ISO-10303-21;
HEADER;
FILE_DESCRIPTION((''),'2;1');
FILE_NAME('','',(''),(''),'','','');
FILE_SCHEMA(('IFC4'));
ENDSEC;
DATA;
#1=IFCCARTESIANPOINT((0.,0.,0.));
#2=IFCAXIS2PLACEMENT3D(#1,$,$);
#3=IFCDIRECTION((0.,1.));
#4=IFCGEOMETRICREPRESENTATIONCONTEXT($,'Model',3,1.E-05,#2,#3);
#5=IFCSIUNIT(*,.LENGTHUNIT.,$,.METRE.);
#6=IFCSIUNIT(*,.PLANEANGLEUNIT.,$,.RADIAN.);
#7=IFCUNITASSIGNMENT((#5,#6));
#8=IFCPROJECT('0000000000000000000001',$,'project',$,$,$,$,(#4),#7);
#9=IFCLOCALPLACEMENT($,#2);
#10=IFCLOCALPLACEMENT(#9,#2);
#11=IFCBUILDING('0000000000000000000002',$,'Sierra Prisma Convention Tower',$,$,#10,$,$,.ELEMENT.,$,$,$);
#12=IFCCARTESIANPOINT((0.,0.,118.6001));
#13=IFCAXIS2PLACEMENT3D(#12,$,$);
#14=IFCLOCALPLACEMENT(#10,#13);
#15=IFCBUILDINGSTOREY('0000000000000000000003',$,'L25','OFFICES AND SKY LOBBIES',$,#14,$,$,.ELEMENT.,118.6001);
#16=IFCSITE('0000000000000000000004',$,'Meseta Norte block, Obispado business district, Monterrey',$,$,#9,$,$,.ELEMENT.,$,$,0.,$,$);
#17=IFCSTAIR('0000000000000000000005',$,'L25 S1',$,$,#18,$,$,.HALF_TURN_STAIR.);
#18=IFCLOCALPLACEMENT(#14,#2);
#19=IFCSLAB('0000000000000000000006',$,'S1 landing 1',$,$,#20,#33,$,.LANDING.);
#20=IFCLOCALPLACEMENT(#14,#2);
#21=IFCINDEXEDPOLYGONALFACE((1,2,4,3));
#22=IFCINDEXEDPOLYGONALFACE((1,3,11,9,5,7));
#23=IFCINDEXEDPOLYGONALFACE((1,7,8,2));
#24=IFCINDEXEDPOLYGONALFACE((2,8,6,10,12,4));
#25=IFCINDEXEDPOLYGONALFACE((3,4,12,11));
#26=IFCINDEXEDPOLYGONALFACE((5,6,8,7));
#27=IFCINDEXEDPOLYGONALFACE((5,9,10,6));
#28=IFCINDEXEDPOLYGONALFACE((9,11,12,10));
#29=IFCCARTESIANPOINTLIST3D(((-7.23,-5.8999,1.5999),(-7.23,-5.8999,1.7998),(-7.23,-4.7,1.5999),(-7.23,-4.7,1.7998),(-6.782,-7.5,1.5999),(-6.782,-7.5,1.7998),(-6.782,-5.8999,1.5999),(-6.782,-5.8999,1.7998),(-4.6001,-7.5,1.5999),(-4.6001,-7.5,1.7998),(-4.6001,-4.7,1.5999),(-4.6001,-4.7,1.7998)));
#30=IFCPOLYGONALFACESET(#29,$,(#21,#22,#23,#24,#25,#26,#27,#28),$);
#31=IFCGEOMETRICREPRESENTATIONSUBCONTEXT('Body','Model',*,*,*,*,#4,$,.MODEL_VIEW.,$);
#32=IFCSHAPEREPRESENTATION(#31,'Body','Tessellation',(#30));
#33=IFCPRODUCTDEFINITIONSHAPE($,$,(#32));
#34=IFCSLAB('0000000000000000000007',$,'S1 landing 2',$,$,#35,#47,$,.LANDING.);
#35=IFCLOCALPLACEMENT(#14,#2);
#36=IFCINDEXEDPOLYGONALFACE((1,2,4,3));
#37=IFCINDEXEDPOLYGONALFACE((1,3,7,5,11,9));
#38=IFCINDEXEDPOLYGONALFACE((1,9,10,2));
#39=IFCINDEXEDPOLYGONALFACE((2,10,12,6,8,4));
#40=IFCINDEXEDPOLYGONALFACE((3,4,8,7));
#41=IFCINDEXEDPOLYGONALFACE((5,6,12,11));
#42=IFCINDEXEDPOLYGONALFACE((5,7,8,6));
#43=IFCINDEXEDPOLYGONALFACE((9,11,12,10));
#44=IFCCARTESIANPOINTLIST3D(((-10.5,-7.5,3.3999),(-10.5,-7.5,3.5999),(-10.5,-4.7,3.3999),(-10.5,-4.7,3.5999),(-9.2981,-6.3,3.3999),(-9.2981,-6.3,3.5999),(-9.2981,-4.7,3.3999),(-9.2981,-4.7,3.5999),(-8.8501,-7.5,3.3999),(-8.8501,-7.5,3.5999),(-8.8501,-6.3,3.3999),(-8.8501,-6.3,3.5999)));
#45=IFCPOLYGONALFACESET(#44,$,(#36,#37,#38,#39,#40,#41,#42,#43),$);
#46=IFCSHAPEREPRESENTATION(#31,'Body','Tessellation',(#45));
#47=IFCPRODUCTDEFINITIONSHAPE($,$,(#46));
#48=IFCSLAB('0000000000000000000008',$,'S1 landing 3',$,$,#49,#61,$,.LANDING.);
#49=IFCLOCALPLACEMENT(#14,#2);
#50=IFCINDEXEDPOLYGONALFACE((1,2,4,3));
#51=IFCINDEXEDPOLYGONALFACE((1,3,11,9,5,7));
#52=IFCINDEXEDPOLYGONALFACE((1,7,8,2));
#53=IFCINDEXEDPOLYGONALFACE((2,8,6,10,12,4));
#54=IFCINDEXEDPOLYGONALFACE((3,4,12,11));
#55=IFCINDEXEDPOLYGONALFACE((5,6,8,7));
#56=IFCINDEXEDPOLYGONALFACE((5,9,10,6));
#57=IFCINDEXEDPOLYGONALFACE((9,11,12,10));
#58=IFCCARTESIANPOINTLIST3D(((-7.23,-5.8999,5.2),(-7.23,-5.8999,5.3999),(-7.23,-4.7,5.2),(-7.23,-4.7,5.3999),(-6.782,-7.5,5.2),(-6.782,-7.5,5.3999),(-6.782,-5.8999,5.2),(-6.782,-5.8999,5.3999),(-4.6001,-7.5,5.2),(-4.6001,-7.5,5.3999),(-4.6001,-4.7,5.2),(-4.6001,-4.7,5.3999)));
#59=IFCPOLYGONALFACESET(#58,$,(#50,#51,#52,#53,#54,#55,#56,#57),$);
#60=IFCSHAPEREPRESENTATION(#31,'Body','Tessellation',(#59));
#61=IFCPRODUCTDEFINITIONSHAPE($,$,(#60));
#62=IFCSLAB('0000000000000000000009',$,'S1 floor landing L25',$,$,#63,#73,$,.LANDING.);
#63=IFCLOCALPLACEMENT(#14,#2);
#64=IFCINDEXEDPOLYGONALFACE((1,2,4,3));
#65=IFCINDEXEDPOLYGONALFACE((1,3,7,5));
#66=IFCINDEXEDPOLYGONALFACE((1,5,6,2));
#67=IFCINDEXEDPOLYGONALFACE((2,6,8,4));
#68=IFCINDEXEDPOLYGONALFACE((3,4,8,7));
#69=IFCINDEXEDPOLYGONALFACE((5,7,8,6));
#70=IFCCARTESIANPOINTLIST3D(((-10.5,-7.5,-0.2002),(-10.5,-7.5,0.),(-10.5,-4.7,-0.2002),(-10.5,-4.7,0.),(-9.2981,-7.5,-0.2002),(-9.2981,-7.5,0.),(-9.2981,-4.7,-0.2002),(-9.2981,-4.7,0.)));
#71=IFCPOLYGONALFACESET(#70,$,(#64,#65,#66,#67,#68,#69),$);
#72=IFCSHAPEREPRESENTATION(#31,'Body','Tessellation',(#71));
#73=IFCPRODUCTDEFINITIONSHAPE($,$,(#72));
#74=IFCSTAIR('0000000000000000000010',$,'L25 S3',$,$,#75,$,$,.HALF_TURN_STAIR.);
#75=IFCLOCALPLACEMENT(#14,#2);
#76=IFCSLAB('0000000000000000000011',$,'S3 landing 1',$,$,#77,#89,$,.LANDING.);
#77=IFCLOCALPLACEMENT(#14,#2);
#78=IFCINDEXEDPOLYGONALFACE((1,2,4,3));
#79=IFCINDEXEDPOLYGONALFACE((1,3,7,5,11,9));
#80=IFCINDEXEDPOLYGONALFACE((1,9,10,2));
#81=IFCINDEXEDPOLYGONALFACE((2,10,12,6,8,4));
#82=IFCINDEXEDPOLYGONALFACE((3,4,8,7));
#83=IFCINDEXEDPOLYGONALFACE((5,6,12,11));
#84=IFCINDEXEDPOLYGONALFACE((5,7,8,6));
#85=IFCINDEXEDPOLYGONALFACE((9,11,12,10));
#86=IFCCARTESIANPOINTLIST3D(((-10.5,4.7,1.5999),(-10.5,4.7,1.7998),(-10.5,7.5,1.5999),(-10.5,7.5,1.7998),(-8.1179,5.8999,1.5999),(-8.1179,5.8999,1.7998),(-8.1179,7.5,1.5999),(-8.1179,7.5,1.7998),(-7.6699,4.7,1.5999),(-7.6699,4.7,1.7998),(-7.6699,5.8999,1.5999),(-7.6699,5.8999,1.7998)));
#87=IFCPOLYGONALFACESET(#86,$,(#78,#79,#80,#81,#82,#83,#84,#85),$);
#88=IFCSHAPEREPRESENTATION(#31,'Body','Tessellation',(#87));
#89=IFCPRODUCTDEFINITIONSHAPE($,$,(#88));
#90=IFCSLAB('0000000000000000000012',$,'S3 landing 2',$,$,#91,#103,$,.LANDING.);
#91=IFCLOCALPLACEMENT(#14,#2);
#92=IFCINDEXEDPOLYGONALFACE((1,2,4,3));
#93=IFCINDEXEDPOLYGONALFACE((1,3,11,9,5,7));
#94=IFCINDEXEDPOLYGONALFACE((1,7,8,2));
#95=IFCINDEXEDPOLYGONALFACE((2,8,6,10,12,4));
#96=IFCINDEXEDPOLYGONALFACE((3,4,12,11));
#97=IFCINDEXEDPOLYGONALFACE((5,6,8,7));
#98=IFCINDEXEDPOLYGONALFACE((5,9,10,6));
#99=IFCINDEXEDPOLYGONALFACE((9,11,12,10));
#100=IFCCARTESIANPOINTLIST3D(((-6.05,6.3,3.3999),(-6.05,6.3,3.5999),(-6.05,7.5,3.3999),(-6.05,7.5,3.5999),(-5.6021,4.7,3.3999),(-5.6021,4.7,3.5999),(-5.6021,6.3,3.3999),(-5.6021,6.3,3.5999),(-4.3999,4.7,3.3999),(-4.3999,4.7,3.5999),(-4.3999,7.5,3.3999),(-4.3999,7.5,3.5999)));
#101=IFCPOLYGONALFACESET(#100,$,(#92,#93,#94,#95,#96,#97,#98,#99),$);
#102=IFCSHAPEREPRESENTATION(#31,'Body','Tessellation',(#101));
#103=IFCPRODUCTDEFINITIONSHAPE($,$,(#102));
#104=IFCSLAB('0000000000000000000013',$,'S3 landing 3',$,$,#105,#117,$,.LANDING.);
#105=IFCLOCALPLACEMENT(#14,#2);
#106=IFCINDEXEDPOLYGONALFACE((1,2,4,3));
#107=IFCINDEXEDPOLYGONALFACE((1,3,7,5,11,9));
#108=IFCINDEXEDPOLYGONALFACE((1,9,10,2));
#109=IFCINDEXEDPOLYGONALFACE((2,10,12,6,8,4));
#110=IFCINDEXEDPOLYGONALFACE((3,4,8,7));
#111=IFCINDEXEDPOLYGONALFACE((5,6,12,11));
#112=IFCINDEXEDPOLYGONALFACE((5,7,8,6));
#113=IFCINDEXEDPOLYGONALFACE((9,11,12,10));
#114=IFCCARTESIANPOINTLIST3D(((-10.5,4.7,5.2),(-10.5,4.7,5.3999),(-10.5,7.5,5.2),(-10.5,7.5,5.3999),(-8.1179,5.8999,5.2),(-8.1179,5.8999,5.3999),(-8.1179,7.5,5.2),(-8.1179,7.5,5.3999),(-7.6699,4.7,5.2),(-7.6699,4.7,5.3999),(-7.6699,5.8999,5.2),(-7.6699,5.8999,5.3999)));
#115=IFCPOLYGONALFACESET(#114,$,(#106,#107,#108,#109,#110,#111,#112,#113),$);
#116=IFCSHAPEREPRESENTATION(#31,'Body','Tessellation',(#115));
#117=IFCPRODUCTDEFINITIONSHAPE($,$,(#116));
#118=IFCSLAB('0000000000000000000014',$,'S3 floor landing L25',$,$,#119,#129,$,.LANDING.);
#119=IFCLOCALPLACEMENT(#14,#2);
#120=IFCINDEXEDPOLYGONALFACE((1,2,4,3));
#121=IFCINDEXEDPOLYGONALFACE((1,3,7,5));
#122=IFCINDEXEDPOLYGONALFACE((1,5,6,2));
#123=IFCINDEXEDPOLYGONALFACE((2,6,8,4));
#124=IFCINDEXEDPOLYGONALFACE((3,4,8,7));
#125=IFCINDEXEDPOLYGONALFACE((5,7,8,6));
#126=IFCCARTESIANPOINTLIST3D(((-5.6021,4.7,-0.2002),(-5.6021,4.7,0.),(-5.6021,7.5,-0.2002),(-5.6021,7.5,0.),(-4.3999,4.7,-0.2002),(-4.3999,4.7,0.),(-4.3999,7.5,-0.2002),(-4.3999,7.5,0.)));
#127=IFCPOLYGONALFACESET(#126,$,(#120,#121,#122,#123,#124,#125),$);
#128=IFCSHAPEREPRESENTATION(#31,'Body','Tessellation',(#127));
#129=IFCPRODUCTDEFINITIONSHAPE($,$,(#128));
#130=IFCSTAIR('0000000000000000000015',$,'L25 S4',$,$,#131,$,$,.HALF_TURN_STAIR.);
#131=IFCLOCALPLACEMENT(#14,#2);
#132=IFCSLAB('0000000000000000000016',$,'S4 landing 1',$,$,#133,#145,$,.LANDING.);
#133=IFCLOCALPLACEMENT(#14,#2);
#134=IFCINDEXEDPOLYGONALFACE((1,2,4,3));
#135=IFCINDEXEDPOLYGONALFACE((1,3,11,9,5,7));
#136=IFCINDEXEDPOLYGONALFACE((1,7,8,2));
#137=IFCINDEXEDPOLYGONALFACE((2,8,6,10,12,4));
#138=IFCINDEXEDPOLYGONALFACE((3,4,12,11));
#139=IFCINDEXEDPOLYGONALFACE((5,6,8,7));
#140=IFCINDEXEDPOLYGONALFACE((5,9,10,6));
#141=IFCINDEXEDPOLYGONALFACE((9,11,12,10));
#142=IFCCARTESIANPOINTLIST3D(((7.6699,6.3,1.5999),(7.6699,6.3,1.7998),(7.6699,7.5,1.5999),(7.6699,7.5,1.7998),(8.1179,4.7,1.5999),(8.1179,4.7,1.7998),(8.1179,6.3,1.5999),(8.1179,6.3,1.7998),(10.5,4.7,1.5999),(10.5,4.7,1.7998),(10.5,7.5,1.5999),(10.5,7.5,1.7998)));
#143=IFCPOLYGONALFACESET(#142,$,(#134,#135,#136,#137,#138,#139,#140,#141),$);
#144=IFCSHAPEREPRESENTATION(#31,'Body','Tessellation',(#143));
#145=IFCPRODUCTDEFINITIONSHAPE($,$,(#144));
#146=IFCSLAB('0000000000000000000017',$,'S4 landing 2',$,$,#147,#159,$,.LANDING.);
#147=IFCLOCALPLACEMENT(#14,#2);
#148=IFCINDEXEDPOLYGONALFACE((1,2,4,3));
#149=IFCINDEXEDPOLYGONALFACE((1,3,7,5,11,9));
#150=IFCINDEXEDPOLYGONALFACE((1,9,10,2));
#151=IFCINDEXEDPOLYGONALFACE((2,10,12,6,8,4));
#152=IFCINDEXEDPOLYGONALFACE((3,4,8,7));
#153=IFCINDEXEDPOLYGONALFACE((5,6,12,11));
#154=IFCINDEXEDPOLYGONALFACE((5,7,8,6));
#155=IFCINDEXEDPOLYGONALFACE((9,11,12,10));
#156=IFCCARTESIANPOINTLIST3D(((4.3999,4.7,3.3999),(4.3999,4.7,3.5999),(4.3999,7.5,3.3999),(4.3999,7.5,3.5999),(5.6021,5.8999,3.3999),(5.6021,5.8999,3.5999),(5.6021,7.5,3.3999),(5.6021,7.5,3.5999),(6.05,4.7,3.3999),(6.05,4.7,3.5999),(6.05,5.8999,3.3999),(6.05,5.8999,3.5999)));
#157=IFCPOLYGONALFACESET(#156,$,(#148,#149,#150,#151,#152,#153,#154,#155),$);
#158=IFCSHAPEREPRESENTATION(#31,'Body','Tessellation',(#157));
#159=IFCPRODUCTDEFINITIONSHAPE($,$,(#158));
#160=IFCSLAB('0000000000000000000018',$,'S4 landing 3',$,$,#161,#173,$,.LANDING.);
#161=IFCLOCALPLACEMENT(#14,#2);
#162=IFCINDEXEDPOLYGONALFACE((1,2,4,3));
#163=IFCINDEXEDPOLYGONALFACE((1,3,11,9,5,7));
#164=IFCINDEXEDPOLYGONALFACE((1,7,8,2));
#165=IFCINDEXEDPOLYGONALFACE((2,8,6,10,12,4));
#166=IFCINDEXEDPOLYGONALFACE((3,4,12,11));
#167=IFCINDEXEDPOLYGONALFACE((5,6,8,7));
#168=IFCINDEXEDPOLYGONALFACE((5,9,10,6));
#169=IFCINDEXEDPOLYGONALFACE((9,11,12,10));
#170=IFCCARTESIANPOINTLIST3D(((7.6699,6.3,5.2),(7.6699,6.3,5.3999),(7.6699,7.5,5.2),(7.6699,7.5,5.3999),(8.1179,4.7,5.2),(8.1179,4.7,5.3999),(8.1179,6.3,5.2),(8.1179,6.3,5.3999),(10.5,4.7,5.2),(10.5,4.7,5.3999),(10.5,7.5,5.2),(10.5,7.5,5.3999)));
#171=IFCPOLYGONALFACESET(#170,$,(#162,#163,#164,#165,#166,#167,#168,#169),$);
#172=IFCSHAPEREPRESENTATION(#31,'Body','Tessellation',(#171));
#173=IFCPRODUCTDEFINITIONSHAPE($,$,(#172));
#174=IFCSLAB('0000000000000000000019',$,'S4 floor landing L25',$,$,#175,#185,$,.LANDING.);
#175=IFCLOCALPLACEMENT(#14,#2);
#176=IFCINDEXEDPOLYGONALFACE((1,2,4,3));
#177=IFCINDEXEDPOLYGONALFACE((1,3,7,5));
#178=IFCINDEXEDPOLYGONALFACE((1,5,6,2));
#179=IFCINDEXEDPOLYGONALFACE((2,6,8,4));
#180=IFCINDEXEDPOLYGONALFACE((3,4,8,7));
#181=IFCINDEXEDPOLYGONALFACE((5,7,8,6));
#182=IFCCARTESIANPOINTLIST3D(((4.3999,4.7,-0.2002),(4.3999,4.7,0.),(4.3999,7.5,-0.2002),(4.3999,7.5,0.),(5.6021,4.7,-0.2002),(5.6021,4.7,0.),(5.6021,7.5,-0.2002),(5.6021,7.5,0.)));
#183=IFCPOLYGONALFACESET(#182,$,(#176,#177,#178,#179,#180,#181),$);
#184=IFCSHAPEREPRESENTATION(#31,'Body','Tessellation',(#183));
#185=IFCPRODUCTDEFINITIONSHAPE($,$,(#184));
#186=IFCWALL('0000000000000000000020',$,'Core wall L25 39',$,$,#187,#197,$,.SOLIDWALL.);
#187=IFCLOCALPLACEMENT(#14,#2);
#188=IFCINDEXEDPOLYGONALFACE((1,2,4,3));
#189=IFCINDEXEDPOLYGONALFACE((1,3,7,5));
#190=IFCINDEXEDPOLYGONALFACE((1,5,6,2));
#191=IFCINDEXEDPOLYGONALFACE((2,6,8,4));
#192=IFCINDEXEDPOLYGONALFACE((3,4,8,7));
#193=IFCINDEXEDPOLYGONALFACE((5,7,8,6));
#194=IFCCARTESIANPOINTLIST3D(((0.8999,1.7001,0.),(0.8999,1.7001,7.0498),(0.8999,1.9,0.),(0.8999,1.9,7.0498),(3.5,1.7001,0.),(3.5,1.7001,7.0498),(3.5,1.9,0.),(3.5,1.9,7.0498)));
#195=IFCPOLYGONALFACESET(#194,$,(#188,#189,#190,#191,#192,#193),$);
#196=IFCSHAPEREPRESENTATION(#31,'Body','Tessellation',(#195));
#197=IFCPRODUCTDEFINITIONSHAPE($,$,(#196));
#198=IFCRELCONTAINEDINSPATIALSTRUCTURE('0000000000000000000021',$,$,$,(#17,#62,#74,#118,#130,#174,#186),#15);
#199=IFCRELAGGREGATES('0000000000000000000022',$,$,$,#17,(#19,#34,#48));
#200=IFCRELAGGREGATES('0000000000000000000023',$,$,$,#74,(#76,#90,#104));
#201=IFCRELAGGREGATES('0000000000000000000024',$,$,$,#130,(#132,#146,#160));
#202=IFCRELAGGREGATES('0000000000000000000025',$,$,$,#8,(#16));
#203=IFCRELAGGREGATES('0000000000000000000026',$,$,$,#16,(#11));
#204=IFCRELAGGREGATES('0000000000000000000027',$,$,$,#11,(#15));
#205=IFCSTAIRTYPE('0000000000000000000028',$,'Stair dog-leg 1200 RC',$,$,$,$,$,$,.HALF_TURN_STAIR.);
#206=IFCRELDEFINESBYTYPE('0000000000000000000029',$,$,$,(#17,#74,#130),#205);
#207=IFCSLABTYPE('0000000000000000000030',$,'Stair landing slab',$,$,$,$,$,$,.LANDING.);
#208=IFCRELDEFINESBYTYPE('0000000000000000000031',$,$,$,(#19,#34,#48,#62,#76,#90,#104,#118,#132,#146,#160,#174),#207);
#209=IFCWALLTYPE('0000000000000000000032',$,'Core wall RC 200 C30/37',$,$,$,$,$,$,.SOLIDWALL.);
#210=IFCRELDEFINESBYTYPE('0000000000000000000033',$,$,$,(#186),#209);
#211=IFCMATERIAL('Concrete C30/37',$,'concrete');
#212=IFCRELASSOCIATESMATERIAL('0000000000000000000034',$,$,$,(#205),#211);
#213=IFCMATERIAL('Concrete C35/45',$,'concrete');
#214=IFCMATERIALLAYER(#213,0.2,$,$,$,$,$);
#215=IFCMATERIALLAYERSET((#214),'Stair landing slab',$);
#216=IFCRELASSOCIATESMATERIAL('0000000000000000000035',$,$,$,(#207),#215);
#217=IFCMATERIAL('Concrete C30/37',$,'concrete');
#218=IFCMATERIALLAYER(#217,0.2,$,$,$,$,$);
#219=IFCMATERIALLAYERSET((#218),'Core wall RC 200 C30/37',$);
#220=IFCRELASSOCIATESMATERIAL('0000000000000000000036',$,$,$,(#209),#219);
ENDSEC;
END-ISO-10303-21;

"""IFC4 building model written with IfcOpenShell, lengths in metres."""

from ifc_helpers import new_model, si_unit, direction, frame, frame_2d, origin, place, context, subcontext, project, spatial, polyline, rectangle, outline, extrude, material, layer, layer_set, type_object, element, aggregate, save


model = new_model("IFC4")

# Units and contexts
model_context = context("Model", 3, precision=1e-05, world=origin(), true_north=direction((0.0, 1.0)))
body_context = subcontext(model_context, "Body", "Model", "MODEL_VIEW")
ifc_project = project(units=[si_unit("LENGTHUNIT", "METRE"), si_unit("PLANEANGLEUNIT", "RADIAN")], contexts=[model_context])

# Site, building, storey
site_placement = place(None, origin())
site = spatial("IfcSite", under=ifc_project, at=site_placement, Name="Meseta Norte block, Obispado business district, Monterrey", CompositionType="ELEMENT", RefElevation=0.0)
building_placement = place(site_placement, origin())
building = spatial("IfcBuilding", under=site, at=building_placement, Name="Sierra Prisma Convention Tower", CompositionType="ELEMENT")
storey_placement = place(building_placement, frame((0.0, 0.0, 118.6001)))
storey = spatial("IfcBuildingStorey", under=building, at=storey_placement, Name="L25", Description="OFFICES AND SKY LOBBIES", CompositionType="ELEMENT", Elevation=118.6001)

# Stair, slabs
ifc_material_1 = material(Name="Concrete C30/37", Category="concrete")
stair_type = type_object("IfcStairType", Name="Stair dog-leg 1200 RC", PredefinedType="HALF_TURN_STAIR", material=ifc_material_1)
stair_1_placement = place(storey_placement, origin())
stair_1 = element("IfcStair", 1, at=stair_1_placement, inside=storey, type_object=stair_type, Name="L25 S1", PredefinedType="HALF_TURN_STAIR")
ifc_material_2 = material(Name="Concrete C35/45", Category="concrete")
ifc_layer_1 = layer(ifc_material_2, 0.2)
ifc_layer_set_1 = layer_set([ifc_layer_1], Name="Stair landing slab")
slab_type = type_object("IfcSlabType", Name="Stair landing slab", PredefinedType="LANDING", material=ifc_layer_set_1)
slab_1_placement = place(storey_placement, frame((0.0, 0.0, 1.5999)))
slab_1 = element("IfcSlab", 2, at=slab_1_placement, type_object=slab_type, Name="S1 landing 1", PredefinedType="LANDING", context=body_context, shape_type="SweptSolid", body=[
    extrude(outline(polyline([(-4.6001, -4.7), (-4.6001, -7.5), (-6.782, -7.5), (-6.782, -5.8999), (-7.23, -5.8999), (-7.23, -4.7), (-4.6001, -4.7)])), origin(), (0.0, 0.0, 1.0), 0.2),
])
slab_2_placement = place(storey_placement, frame((0.0, 0.0, 3.3999)))
slab_2 = element("IfcSlab", 3, at=slab_2_placement, type_object=slab_type, Name="S1 landing 2", PredefinedType="LANDING", context=body_context, shape_type="SweptSolid", body=[
    extrude(outline(polyline([(-10.5, -7.5), (-10.5, -4.7), (-9.2981, -4.7), (-9.2981, -6.3), (-8.8501, -6.3), (-8.8501, -7.5), (-10.5, -7.5)])), origin(), (0.0, 0.0, 1.0), 0.2),
])
slab_3_placement = place(storey_placement, frame((0.0, 0.0, 5.2)))
slab_3 = element("IfcSlab", 4, at=slab_3_placement, type_object=slab_type, Name="S1 landing 3", PredefinedType="LANDING", context=body_context, shape_type="SweptSolid", body=[
    extrude(outline(polyline([(-4.6001, -4.7), (-4.6001, -7.5), (-6.782, -7.5), (-6.782, -5.8999), (-7.23, -5.8999), (-7.23, -4.7), (-4.6001, -4.7)])), origin(), (0.0, 0.0, 1.0), 0.2),
])
aggregate(stair_1, [slab_1, slab_2, slab_3])

# Slab
slab_4_placement = place(storey_placement, frame((0.0, 0.0, -0.2002)))
element("IfcSlab", 5, at=slab_4_placement, inside=storey, type_object=slab_type, Name="S1 floor landing L25", PredefinedType="LANDING", context=body_context, shape_type="SweptSolid", body=[
    extrude(outline(polyline([(-10.5, -7.5), (-9.2981, -7.5), (-9.2981, -4.7), (-10.5, -4.7), (-10.5, -7.5)])), origin(), (0.0, 0.0, 1.0), 0.2002),
])

# Stair, slabs
stair_2_placement = place(storey_placement, origin())
stair_2 = element("IfcStair", 6, at=stair_2_placement, inside=storey, type_object=stair_type, Name="L25 S3", PredefinedType="HALF_TURN_STAIR")
slab_5_placement = place(storey_placement, frame((0.0, 0.0, 1.5999)))
slab_5 = element("IfcSlab", 7, at=slab_5_placement, type_object=slab_type, Name="S3 landing 1", PredefinedType="LANDING", context=body_context, shape_type="SweptSolid", body=[
    extrude(outline(polyline([(-7.6699, 5.8999), (-7.6699, 4.7), (-10.5, 4.7), (-10.5, 7.5), (-8.1179, 7.5), (-8.1179, 5.8999), (-7.6699, 5.8999)])), origin(), (0.0, 0.0, 1.0), 0.2),
])
slab_6_placement = place(storey_placement, frame((0.0, 0.0, 3.3999)))
slab_6 = element("IfcSlab", 8, at=slab_6_placement, type_object=slab_type, Name="S3 landing 2", PredefinedType="LANDING", context=body_context, shape_type="SweptSolid", body=[
    extrude(outline(polyline([(-4.3999, 7.5), (-4.3999, 4.7), (-5.6021, 4.7), (-5.6021, 6.3), (-6.05, 6.3), (-6.05, 7.5), (-4.3999, 7.5)])), origin(), (0.0, 0.0, 1.0), 0.2),
])
slab_7_placement = place(storey_placement, frame((0.0, 0.0, 5.2)))
slab_7 = element("IfcSlab", 9, at=slab_7_placement, type_object=slab_type, Name="S3 landing 3", PredefinedType="LANDING", context=body_context, shape_type="SweptSolid", body=[
    extrude(outline(polyline([(-7.6699, 5.8999), (-7.6699, 4.7), (-10.5, 4.7), (-10.5, 7.5), (-8.1179, 7.5), (-8.1179, 5.8999), (-7.6699, 5.8999)])), origin(), (0.0, 0.0, 1.0), 0.2),
])
aggregate(stair_2, [slab_5, slab_6, slab_7])

# Slab
slab_8_placement = place(storey_placement, frame((0.0, 0.0, -0.2002)))
element("IfcSlab", 10, at=slab_8_placement, inside=storey, type_object=slab_type, Name="S3 floor landing L25", PredefinedType="LANDING", context=body_context, shape_type="SweptSolid", body=[
    extrude(outline(polyline([(-4.3999, 7.5), (-5.6021, 7.5), (-5.6021, 4.7), (-4.3999, 4.7), (-4.3999, 7.5)])), origin(), (0.0, 0.0, 1.0), 0.2002),
])

# Stair, slabs
stair_3_placement = place(storey_placement, origin())
stair_3 = element("IfcStair", 11, at=stair_3_placement, inside=storey, type_object=stair_type, Name="L25 S4", PredefinedType="HALF_TURN_STAIR")
slab_9_placement = place(storey_placement, frame((0.0, 0.0, 1.5999)))
slab_9 = element("IfcSlab", 12, at=slab_9_placement, type_object=slab_type, Name="S4 landing 1", PredefinedType="LANDING", context=body_context, shape_type="SweptSolid", body=[
    extrude(outline(polyline([(10.5, 7.5), (10.5, 4.7), (8.1179, 4.7), (8.1179, 6.3), (7.6699, 6.3), (7.6699, 7.5), (10.5, 7.5)])), origin(), (0.0, 0.0, 1.0), 0.2),
])
slab_10_placement = place(storey_placement, frame((0.0, 0.0, 3.3999)))
slab_10 = element("IfcSlab", 13, at=slab_10_placement, type_object=slab_type, Name="S4 landing 2", PredefinedType="LANDING", context=body_context, shape_type="SweptSolid", body=[
    extrude(outline(polyline([(4.3999, 4.7), (4.3999, 7.5), (5.6021, 7.5), (5.6021, 5.8999), (6.05, 5.8999), (6.05, 4.7), (4.3999, 4.7)])), origin(), (0.0, 0.0, 1.0), 0.2),
])
slab_11_placement = place(storey_placement, frame((0.0, 0.0, 5.2)))
slab_11 = element("IfcSlab", 14, at=slab_11_placement, type_object=slab_type, Name="S4 landing 3", PredefinedType="LANDING", context=body_context, shape_type="SweptSolid", body=[
    extrude(outline(polyline([(10.5, 7.5), (10.5, 4.7), (8.1179, 4.7), (8.1179, 6.3), (7.6699, 6.3), (7.6699, 7.5), (10.5, 7.5)])), origin(), (0.0, 0.0, 1.0), 0.2),
])

# Slab
slab_12_placement = place(storey_placement, frame((0.0, 0.0, -0.2002)))
element("IfcSlab", 15, at=slab_12_placement, inside=storey, type_object=slab_type, Name="S4 floor landing L25", PredefinedType="LANDING", context=body_context, shape_type="SweptSolid", body=[
    extrude(outline(polyline([(4.3999, 4.7), (5.6021, 4.7), (5.6021, 7.5), (4.3999, 7.5), (4.3999, 4.7)])), origin(), (0.0, 0.0, 1.0), 0.2002),
])

# Shared definitions
ifc_material_3 = material(Name="Concrete C30/37", Category="concrete")
ifc_layer_2 = layer(ifc_material_3, 0.2)
ifc_layer_set_2 = layer_set([ifc_layer_2], Name="Core wall RC 200 C30/37")
wall_type = type_object("IfcWallType", Name="Core wall RC 200 C30/37", PredefinedType="SOLIDWALL", material=ifc_layer_set_2)

# Wall
wall_1_placement = place(storey_placement, frame((3.5, 1.8, 0.0), z_axis=(0.0, 0.0, 1.0), x_axis=(-1.0, 0.0, 0.0)))
element("IfcWall", 16, at=wall_1_placement, inside=storey, type_object=wall_type, Name="Core wall L25 39", PredefinedType="SOLIDWALL", context=body_context, shape_type="SweptSolid", body=[
    extrude(rectangle(XDim=2.6001, YDim=0.2, at=frame_2d((1.3, 0.0))), origin(), (0.0, 0.0, 1.0), 7.0498),
])

aggregate(stair_3, [slab_9, slab_10, slab_11])

save(model, "model.ifc")
